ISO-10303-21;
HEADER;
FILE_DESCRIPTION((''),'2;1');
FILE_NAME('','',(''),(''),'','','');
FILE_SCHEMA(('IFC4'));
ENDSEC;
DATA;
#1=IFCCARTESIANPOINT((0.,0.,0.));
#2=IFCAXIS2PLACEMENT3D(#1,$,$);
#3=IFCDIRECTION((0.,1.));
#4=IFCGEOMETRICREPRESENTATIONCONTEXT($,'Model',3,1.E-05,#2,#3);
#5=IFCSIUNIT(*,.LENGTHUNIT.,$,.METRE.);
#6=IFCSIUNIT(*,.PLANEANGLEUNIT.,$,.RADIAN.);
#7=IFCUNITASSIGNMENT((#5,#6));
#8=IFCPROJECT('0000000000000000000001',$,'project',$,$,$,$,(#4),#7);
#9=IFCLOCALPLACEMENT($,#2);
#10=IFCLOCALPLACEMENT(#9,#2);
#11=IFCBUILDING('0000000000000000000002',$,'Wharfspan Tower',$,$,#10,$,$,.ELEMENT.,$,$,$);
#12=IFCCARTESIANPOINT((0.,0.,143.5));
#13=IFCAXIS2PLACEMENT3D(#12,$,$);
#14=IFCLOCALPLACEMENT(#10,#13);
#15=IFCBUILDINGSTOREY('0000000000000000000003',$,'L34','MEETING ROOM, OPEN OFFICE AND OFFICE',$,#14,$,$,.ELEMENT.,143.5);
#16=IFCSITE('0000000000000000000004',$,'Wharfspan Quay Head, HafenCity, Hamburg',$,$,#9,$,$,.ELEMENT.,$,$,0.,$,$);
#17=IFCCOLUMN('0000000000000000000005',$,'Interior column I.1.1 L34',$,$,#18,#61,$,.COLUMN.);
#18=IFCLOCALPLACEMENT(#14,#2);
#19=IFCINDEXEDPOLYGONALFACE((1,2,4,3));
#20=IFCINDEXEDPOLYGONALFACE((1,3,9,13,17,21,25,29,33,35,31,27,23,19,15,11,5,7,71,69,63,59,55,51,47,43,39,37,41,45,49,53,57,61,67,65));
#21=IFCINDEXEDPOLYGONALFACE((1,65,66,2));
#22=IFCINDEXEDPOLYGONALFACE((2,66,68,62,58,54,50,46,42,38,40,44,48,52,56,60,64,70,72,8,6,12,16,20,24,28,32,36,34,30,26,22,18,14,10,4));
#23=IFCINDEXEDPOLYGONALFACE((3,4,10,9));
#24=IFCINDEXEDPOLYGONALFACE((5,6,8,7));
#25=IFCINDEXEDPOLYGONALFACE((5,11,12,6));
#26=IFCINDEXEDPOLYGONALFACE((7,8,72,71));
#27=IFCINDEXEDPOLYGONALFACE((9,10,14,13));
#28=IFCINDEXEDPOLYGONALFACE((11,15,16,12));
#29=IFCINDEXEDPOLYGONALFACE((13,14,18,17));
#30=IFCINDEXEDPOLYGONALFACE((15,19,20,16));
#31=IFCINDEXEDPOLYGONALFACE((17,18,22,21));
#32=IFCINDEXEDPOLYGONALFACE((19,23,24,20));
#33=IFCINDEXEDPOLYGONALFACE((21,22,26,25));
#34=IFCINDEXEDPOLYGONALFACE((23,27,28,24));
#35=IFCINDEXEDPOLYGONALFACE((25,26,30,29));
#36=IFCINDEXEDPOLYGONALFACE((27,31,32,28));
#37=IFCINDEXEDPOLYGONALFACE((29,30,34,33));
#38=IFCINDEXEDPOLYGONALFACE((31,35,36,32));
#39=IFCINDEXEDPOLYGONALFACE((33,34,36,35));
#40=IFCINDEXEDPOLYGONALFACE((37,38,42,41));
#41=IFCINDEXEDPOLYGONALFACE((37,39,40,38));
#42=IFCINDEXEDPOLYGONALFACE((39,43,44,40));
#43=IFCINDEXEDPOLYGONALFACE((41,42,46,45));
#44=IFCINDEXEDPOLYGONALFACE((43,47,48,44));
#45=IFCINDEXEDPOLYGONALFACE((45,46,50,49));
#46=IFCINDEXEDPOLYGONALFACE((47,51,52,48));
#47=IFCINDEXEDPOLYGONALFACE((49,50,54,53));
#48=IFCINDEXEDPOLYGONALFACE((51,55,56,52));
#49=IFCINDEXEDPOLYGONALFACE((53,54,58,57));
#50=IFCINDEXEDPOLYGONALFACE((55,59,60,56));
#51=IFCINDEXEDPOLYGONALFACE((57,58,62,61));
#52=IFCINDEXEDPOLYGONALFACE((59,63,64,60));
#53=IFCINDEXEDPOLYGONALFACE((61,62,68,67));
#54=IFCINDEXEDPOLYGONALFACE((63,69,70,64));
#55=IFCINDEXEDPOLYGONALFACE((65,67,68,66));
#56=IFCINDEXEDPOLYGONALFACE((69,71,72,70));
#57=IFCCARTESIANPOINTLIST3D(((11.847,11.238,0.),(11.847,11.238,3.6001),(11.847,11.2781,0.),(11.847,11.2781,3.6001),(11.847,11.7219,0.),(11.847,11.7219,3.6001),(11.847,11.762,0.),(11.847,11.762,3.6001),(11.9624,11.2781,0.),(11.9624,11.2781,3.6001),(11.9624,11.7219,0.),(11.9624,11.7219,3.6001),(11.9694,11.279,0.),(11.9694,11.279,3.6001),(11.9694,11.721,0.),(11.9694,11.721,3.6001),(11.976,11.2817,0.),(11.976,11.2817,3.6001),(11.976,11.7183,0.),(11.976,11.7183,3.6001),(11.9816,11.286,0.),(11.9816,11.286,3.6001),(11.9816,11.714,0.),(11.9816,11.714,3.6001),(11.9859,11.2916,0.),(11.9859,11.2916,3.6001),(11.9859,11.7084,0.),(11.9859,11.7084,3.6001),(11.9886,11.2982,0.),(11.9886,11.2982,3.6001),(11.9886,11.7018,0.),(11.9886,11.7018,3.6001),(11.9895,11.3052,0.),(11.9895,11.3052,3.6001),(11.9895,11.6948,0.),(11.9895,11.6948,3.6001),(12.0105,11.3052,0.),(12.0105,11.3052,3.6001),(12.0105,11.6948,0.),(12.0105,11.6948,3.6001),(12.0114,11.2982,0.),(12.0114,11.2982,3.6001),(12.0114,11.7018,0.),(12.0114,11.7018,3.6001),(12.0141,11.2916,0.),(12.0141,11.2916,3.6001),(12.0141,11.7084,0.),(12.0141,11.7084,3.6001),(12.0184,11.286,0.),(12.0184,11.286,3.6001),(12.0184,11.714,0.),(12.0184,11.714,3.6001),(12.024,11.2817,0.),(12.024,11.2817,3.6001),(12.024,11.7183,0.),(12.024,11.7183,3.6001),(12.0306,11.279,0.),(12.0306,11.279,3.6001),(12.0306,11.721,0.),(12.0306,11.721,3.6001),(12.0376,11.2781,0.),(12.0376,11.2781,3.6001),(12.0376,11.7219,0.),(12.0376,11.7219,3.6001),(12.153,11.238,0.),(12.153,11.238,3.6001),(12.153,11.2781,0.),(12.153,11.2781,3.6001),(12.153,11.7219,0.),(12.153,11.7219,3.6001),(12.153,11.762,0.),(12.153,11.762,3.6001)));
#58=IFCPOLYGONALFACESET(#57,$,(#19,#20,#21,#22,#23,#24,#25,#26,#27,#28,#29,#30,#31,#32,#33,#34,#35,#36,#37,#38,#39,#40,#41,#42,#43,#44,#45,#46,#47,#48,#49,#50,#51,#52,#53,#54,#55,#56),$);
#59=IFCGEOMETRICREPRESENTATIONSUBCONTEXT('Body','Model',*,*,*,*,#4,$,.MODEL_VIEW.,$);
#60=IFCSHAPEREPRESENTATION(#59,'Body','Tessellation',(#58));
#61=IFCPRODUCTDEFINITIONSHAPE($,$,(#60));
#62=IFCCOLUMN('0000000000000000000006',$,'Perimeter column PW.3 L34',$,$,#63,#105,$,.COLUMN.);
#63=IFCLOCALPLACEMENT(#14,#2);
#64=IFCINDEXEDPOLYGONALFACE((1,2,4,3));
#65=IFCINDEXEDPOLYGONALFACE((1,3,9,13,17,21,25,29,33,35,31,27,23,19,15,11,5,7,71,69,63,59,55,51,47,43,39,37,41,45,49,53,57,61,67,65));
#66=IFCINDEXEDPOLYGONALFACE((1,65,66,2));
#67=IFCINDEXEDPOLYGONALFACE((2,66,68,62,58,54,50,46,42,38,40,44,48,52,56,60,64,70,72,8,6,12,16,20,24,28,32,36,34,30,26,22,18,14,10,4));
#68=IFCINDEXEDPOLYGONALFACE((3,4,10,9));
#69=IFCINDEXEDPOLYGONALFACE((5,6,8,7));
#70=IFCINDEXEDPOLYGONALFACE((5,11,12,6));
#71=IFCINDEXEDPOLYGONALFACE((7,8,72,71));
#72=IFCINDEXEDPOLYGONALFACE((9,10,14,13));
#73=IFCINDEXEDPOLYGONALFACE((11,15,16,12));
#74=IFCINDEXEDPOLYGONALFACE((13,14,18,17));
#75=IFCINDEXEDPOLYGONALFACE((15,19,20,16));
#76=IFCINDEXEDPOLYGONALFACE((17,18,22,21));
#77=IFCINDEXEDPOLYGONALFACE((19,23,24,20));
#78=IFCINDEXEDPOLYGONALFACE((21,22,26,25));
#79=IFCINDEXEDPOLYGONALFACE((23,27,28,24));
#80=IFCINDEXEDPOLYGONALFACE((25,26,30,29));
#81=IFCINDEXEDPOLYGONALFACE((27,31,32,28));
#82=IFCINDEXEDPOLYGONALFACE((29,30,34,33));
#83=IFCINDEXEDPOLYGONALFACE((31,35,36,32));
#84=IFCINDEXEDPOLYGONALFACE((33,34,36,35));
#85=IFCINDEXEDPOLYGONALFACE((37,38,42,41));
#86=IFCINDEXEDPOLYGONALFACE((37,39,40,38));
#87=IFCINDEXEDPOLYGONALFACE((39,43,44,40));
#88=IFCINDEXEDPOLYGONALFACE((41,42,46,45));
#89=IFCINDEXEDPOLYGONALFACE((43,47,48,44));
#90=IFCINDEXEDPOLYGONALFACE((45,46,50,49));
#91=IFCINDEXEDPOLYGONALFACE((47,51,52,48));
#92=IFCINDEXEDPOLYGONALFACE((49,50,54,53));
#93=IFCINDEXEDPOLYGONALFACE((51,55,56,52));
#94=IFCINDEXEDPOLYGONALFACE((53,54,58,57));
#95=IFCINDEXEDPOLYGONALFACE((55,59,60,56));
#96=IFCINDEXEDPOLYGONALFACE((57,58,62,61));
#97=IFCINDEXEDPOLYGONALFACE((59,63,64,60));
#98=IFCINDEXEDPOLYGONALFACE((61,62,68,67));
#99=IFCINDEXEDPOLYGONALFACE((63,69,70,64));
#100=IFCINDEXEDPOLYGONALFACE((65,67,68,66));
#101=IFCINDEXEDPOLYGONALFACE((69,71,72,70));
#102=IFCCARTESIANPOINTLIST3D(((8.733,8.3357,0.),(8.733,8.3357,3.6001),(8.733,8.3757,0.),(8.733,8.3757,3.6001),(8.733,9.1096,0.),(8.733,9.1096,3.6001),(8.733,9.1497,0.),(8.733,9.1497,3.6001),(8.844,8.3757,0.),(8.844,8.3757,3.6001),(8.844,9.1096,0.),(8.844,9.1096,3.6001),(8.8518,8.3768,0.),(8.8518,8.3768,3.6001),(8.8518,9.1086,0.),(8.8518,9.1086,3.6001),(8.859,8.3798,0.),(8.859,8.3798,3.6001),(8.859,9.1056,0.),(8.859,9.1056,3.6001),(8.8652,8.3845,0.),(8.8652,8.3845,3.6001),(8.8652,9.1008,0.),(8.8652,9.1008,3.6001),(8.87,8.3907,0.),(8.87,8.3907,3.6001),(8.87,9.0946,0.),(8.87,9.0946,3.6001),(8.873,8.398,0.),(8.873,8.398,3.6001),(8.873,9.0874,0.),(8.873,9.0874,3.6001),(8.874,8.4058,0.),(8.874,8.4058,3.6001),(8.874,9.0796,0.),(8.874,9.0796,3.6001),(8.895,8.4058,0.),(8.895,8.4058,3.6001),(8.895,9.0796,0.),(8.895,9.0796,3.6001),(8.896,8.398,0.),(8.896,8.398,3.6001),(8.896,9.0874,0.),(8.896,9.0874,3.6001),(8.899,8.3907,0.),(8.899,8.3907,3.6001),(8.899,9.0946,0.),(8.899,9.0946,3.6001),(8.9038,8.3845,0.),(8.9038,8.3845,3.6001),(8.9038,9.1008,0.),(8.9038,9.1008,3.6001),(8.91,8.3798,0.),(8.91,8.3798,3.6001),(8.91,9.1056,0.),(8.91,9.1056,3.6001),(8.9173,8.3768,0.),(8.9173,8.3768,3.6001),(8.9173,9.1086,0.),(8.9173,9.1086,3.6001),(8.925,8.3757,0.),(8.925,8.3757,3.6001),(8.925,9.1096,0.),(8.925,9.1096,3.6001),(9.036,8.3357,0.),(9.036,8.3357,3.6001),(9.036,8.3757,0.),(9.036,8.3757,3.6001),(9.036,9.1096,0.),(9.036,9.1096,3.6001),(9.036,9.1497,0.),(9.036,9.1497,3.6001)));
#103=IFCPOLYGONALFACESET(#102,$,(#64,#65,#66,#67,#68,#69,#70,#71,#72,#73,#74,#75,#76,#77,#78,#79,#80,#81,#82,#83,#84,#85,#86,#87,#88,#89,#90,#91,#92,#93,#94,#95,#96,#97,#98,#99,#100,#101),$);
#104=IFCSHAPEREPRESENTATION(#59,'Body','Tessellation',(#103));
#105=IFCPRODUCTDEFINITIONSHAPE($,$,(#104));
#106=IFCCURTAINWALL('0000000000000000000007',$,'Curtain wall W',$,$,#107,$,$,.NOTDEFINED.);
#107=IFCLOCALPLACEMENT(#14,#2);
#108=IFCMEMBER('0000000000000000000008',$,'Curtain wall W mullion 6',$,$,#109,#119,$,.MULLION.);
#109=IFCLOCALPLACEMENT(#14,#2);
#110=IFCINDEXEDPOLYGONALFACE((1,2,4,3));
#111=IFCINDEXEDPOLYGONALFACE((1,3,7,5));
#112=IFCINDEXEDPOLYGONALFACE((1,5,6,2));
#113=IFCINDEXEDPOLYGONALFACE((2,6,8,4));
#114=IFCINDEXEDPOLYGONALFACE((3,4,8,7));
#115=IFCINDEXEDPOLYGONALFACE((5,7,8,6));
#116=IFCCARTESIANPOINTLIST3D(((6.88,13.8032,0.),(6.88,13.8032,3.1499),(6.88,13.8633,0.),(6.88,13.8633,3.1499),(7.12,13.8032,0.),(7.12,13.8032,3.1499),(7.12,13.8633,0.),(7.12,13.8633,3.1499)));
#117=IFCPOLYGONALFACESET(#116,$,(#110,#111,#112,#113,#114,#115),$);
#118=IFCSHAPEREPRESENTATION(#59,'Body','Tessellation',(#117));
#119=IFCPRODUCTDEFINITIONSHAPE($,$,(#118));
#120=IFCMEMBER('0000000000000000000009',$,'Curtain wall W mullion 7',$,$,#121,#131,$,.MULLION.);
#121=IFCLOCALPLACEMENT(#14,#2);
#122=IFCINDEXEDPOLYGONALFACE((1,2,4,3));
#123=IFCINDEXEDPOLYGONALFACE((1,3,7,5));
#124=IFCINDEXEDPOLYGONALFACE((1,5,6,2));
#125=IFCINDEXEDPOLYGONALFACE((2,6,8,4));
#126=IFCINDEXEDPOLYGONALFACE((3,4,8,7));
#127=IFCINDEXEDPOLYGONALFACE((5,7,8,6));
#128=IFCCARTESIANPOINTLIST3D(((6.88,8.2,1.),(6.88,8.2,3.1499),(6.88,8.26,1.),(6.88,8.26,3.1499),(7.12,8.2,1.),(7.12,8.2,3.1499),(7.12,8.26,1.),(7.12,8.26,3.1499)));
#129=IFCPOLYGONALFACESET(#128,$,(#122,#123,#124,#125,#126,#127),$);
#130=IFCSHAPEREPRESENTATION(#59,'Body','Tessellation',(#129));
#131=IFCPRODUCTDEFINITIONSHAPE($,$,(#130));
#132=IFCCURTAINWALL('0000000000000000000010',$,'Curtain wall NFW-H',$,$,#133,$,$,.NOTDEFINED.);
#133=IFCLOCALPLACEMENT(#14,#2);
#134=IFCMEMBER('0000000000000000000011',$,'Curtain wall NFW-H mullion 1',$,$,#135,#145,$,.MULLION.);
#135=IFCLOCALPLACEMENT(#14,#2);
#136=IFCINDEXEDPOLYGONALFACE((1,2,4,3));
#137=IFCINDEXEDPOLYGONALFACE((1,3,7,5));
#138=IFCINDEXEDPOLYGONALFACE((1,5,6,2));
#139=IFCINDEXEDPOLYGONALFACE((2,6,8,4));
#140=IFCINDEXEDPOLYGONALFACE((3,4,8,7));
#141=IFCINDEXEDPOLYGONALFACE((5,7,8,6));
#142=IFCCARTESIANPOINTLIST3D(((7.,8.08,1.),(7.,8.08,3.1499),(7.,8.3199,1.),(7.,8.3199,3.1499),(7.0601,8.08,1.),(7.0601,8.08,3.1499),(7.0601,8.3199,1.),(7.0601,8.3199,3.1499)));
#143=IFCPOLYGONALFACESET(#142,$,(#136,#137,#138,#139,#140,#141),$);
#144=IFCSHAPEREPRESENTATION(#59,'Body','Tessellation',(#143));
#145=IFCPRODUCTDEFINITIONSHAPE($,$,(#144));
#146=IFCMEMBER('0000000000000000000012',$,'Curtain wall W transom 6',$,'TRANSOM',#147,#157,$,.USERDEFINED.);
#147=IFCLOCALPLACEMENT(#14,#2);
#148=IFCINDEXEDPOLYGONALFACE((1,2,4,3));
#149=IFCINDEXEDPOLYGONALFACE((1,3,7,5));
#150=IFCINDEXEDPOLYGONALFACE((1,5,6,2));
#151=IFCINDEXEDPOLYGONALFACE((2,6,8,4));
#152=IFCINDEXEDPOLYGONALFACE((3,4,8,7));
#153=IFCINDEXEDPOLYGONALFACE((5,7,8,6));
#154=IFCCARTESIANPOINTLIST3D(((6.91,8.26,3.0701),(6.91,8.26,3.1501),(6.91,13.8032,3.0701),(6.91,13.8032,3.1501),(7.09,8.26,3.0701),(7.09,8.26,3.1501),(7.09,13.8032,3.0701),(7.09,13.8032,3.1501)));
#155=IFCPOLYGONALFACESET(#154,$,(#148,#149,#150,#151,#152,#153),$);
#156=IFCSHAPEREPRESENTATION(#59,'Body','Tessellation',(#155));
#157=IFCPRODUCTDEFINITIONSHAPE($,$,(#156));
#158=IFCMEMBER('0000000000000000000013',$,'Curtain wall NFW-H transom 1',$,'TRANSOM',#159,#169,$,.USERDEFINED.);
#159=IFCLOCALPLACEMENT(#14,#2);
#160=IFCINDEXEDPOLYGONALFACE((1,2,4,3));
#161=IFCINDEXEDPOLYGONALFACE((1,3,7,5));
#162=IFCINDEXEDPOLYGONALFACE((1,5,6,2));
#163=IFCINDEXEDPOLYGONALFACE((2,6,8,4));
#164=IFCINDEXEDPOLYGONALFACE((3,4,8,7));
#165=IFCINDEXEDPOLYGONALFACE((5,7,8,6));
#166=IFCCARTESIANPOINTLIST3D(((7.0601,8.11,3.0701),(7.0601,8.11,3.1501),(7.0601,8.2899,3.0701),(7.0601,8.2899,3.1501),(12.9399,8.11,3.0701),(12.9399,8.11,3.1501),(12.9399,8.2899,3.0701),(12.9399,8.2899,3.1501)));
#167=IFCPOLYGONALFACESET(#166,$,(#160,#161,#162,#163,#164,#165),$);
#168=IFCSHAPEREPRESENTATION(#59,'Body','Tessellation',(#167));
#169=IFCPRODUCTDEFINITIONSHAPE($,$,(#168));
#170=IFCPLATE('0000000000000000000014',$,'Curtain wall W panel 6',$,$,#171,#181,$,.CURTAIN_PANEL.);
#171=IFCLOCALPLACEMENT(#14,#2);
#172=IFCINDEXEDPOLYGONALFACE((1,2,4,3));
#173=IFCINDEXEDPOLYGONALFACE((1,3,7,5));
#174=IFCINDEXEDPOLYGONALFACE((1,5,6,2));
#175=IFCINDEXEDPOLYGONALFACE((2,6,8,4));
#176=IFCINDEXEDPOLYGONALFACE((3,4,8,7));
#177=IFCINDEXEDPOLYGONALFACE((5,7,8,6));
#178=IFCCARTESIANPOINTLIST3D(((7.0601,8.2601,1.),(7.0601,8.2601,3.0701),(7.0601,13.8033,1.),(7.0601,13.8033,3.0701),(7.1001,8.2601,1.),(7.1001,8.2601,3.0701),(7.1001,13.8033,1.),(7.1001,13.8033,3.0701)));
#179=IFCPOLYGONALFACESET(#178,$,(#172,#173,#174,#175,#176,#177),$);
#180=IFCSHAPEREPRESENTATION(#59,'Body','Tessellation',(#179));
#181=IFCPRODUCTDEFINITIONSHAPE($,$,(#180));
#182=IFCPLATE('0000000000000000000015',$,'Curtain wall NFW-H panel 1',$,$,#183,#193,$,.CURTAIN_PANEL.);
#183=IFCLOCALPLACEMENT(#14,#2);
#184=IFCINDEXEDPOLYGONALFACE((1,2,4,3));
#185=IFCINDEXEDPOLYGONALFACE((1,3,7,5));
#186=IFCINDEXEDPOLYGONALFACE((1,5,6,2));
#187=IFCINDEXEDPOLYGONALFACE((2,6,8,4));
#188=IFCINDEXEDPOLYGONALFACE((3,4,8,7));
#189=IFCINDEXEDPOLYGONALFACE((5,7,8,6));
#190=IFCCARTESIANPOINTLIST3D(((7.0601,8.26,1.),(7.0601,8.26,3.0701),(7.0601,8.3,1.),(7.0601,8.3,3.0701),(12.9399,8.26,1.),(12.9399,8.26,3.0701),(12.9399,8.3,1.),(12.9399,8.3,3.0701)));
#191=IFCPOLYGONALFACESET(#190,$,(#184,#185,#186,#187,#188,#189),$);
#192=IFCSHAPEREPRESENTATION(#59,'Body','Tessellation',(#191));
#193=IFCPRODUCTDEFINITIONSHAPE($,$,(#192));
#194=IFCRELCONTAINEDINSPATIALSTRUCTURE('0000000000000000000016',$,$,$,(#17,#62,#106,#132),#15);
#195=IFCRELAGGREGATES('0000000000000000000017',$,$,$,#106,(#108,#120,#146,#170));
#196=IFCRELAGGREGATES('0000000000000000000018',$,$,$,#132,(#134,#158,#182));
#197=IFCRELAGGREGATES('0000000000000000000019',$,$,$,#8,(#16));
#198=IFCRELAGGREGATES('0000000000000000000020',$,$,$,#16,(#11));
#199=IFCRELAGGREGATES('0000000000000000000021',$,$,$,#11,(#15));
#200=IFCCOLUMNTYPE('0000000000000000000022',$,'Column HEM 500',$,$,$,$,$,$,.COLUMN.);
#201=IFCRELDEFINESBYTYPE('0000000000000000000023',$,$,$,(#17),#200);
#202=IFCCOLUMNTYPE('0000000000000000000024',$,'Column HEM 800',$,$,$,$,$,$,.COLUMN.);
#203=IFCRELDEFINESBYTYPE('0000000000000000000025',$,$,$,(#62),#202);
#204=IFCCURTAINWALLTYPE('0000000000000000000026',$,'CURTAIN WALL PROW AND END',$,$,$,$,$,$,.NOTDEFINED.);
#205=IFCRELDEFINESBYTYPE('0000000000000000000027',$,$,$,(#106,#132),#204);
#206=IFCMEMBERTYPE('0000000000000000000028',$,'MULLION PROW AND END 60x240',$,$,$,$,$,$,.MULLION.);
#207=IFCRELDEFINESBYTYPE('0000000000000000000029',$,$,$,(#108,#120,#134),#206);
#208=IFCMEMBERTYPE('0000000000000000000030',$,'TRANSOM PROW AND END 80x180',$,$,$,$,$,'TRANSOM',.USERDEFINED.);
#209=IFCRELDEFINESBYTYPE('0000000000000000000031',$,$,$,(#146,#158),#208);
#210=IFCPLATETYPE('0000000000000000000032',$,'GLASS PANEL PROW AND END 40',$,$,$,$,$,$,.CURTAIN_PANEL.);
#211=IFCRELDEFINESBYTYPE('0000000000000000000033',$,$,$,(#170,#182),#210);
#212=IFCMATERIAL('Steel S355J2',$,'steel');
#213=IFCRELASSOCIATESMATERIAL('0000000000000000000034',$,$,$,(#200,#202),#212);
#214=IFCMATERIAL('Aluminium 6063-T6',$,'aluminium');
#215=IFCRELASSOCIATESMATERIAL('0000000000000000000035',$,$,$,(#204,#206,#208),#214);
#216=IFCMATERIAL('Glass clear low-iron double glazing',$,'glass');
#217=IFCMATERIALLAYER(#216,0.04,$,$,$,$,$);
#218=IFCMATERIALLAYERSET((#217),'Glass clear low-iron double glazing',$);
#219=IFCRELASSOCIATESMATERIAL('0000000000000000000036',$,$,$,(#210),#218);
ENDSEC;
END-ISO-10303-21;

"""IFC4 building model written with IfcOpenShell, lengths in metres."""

from ifc_helpers import new_model, si_unit, direction, frame, origin, origin_2d, place, context, subcontext, project, spatial, rectangle, i_section, extrude, material, layer, layer_set, material_profile, profile_set, type_object, element, aggregate, save


model = new_model("IFC4")

# Units and contexts
model_context = context("Model", 3, precision=1e-05, world=origin(), true_north=direction((0.0, 1.0)))
body_context = subcontext(model_context, "Body", "Model", "MODEL_VIEW")
ifc_project = project(units=[si_unit("LENGTHUNIT", "METRE"), si_unit("PLANEANGLEUNIT", "RADIAN")], contexts=[model_context])

# Site, building, storey
site_placement = place(None, origin())
site = spatial("IfcSite", under=ifc_project, at=site_placement, Name="Wharfspan Quay Head, HafenCity, Hamburg", CompositionType="ELEMENT", RefElevation=0.0)
building_placement = place(site_placement, origin())
building = spatial("IfcBuilding", under=site, at=building_placement, Name="Wharfspan Tower", CompositionType="ELEMENT")
storey_placement = place(building_placement, frame((0.0, 0.0, 143.5)))
storey = spatial("IfcBuildingStorey", under=building, at=storey_placement, Name="L34", Description="MEETING ROOM, OPEN OFFICE AND OFFICE", CompositionType="ELEMENT", Elevation=143.5)

# Columns
ifc_material_1 = material(Name="Steel S355J2", Category="steel")
ifc_material_profile_1 = material_profile(ifc_material_1, i_section(OverallWidth=0.3059, OverallDepth=0.5239, WebThickness=0.021, FlangeThickness=0.04, FilletRadius=0.0271, at=origin_2d()))
ifc_profile_set_1 = profile_set([ifc_material_profile_1], Name="Steel S355J2")
column_type_1 = type_object("IfcColumnType", Name="Column HEM 500", PredefinedType="COLUMN", material=ifc_profile_set_1)
column_1_placement = place(storey_placement, frame((12.0, 11.5, 0.0), z_axis=(0.0, 0.0, 1.0), x_axis=(1.0, 0.0, 0.0)))
element("IfcColumn", 1, at=column_1_placement, inside=storey, type_object=column_type_1, Name="Interior column I.1.1 L34", PredefinedType="COLUMN", context=body_context, shape_type="SweptSolid", body=[
    extrude(i_section(OverallWidth=0.3059, OverallDepth=0.5239, WebThickness=0.021, FlangeThickness=0.04, FilletRadius=0.0271, at=origin_2d()), origin(), (0.0, 0.0, 1.0), 3.6001),
])
ifc_material_profile_2 = material_profile(ifc_material_1, i_section(OverallWidth=0.303, OverallDepth=0.814, WebThickness=0.021, FlangeThickness=0.04, FilletRadius=0.03, at=origin_2d()))
ifc_profile_set_2 = profile_set([ifc_material_profile_2], Name="Steel S355J2")
column_type_2 = type_object("IfcColumnType", Name="Column HEM 800", PredefinedType="COLUMN", material=ifc_profile_set_2)
column_2_placement = place(storey_placement, frame((8.8845, 8.7427, 0.0), z_axis=(0.0, 0.0, 1.0), x_axis=(-1.0, 0.0, 0.0)))
element("IfcColumn", 2, at=column_2_placement, inside=storey, type_object=column_type_2, Name="Perimeter column PW.3 L34", PredefinedType="COLUMN", context=body_context, shape_type="SweptSolid", body=[
    extrude(i_section(OverallWidth=0.303, OverallDepth=0.814, WebThickness=0.021, FlangeThickness=0.04, FilletRadius=0.03, at=origin_2d()), origin(), (0.0, 0.0, 1.0), 3.6001),
])

# Curtain wall, members
ifc_material_2 = material(Name="Aluminium 6063-T6", Category="aluminium")
curtain_wall_type = type_object("IfcCurtainWallType", Name="CURTAIN WALL PROW AND END", PredefinedType="NOTDEFINED", material=ifc_material_2)
curtain_wall_1_placement = place(storey_placement, origin())
curtain_wall_1 = element("IfcCurtainWall", 3, at=curtain_wall_1_placement, inside=storey, type_object=curtain_wall_type, Name="Curtain wall W", PredefinedType="NOTDEFINED")
ifc_material_profile_3 = material_profile(ifc_material_2, rectangle(XDim=0.24, YDim=0.0601, at=origin_2d()))
ifc_profile_set_3 = profile_set([ifc_material_profile_3], Name="Aluminium 6063-T6")
member_type_1 = type_object("IfcMemberType", Name="MULLION PROW AND END 60x240", PredefinedType="MULLION", material=ifc_profile_set_3)
member_1_placement = place(storey_placement, frame((7.0, 13.8333, 0.0), z_axis=(0.0, 0.0, 1.0), x_axis=(1.0, 0.0, 0.0)))
member_1 = element("IfcMember", 4, at=member_1_placement, type_object=member_type_1, Name="Curtain wall W mullion 6", PredefinedType="MULLION", context=body_context, shape_type="SweptSolid", body=[
    extrude(rectangle(XDim=0.24, YDim=0.0601, at=origin_2d()), origin(), (0.0, 0.0, 1.0), 3.1499),
])
member_2_placement = place(storey_placement, frame((7.0, 8.23, 1.0), z_axis=(0.0, 0.0, 1.0), x_axis=(1.0, 0.0, 0.0)))
member_2 = element("IfcMember", 5, at=member_2_placement, type_object=member_type_1, Name="Curtain wall W mullion 7", PredefinedType="MULLION", context=body_context, shape_type="SweptSolid", body=[
    extrude(rectangle(XDim=0.24, YDim=0.0601, at=origin_2d()), origin(), (0.0, 0.0, 1.0), 2.1499),
])

# Curtain wall, member
curtain_wall_2_placement = place(storey_placement, origin())
curtain_wall_2 = element("IfcCurtainWall", 6, at=curtain_wall_2_placement, inside=storey, type_object=curtain_wall_type, Name="Curtain wall NFW-H", PredefinedType="NOTDEFINED")
member_3_placement = place(storey_placement, frame((7.03, 8.2, 1.0), z_axis=(0.0, 0.0, 1.0), x_axis=(0.0, 1.0, 0.0)))
member_3 = element("IfcMember", 7, at=member_3_placement, type_object=member_type_1, Name="Curtain wall NFW-H mullion 1", PredefinedType="MULLION", context=body_context, shape_type="SweptSolid", body=[
    extrude(rectangle(XDim=0.24, YDim=0.0601, at=origin_2d()), origin(), (0.0, 0.0, 1.0), 2.1499),
])

# Members
ifc_material_profile_4 = material_profile(ifc_material_2, rectangle(XDim=0.1799, YDim=0.0801, at=origin_2d()))
ifc_profile_set_4 = profile_set([ifc_material_profile_4], Name="Aluminium 6063-T6")
member_type_2 = type_object("IfcMemberType", Name="TRANSOM PROW AND END 80x180", ElementType="TRANSOM", PredefinedType="USERDEFINED", material=ifc_profile_set_4)
member_4_placement = place(storey_placement, frame((7.0, 13.8032, 3.1101), z_axis=(0.0, -1.0, 0.0), x_axis=(1.0, 0.0, 0.0)))
member_4 = element("IfcMember", 8, at=member_4_placement, type_object=member_type_2, Name="Curtain wall W transom 6", ObjectType="TRANSOM", PredefinedType="USERDEFINED", context=body_context, shape_type="SweptSolid", body=[
    extrude(rectangle(XDim=0.1799, YDim=0.0801, at=origin_2d()), origin(), (0.0, 0.0, 1.0), 5.5432),
])
member_5_placement = place(storey_placement, frame((7.0601, 8.2, 3.1101), z_axis=(1.0, 0.0, 0.0), x_axis=(0.0, 1.0, 0.0)))
member_5 = element("IfcMember", 9, at=member_5_placement, type_object=member_type_2, Name="Curtain wall NFW-H transom 1", ObjectType="TRANSOM", PredefinedType="USERDEFINED", context=body_context, shape_type="SweptSolid", body=[
    extrude(rectangle(XDim=0.1799, YDim=0.0801, at=origin_2d()), origin(), (0.0, 0.0, 1.0), 5.8799),
])

# Plates
ifc_material_3 = material(Name="Glass clear low-iron double glazing", Category="glass")
ifc_layer_1 = layer(ifc_material_3, 0.04)
ifc_layer_set_1 = layer_set([ifc_layer_1], Name="Glass clear low-iron double glazing")
plate_type = type_object("IfcPlateType", Name="GLASS PANEL PROW AND END 40", PredefinedType="CURTAIN_PANEL", material=ifc_layer_set_1)
plate_1_placement = place(storey_placement, frame((7.0801, 11.0317, 1.0), z_axis=(0.0, 0.0, 1.0), x_axis=(0.0, -1.0, 0.0)))
plate_1 = element("IfcPlate", 10, at=plate_1_placement, type_object=plate_type, Name="Curtain wall W panel 6", PredefinedType="CURTAIN_PANEL", context=body_context, shape_type="SweptSolid", body=[
    extrude(rectangle(XDim=5.5432, YDim=0.04, at=origin_2d()), origin(), (0.0, 0.0, 1.0), 2.0701),
])
aggregate(curtain_wall_1, [member_1, member_2, member_4, plate_1])
plate_2_placement = place(storey_placement, frame((10.0, 8.28, 1.0), z_axis=(0.0, 0.0, 1.0), x_axis=(1.0, 0.0, 0.0)))
plate_2 = element("IfcPlate", 11, at=plate_2_placement, type_object=plate_type, Name="Curtain wall NFW-H panel 1", PredefinedType="CURTAIN_PANEL", context=body_context, shape_type="SweptSolid", body=[
    extrude(rectangle(XDim=5.8799, YDim=0.04, at=origin_2d()), origin(), (0.0, 0.0, 1.0), 2.0701),
])
aggregate(curtain_wall_2, [member_3, member_5, plate_2])

save(model, "model.ifc")
